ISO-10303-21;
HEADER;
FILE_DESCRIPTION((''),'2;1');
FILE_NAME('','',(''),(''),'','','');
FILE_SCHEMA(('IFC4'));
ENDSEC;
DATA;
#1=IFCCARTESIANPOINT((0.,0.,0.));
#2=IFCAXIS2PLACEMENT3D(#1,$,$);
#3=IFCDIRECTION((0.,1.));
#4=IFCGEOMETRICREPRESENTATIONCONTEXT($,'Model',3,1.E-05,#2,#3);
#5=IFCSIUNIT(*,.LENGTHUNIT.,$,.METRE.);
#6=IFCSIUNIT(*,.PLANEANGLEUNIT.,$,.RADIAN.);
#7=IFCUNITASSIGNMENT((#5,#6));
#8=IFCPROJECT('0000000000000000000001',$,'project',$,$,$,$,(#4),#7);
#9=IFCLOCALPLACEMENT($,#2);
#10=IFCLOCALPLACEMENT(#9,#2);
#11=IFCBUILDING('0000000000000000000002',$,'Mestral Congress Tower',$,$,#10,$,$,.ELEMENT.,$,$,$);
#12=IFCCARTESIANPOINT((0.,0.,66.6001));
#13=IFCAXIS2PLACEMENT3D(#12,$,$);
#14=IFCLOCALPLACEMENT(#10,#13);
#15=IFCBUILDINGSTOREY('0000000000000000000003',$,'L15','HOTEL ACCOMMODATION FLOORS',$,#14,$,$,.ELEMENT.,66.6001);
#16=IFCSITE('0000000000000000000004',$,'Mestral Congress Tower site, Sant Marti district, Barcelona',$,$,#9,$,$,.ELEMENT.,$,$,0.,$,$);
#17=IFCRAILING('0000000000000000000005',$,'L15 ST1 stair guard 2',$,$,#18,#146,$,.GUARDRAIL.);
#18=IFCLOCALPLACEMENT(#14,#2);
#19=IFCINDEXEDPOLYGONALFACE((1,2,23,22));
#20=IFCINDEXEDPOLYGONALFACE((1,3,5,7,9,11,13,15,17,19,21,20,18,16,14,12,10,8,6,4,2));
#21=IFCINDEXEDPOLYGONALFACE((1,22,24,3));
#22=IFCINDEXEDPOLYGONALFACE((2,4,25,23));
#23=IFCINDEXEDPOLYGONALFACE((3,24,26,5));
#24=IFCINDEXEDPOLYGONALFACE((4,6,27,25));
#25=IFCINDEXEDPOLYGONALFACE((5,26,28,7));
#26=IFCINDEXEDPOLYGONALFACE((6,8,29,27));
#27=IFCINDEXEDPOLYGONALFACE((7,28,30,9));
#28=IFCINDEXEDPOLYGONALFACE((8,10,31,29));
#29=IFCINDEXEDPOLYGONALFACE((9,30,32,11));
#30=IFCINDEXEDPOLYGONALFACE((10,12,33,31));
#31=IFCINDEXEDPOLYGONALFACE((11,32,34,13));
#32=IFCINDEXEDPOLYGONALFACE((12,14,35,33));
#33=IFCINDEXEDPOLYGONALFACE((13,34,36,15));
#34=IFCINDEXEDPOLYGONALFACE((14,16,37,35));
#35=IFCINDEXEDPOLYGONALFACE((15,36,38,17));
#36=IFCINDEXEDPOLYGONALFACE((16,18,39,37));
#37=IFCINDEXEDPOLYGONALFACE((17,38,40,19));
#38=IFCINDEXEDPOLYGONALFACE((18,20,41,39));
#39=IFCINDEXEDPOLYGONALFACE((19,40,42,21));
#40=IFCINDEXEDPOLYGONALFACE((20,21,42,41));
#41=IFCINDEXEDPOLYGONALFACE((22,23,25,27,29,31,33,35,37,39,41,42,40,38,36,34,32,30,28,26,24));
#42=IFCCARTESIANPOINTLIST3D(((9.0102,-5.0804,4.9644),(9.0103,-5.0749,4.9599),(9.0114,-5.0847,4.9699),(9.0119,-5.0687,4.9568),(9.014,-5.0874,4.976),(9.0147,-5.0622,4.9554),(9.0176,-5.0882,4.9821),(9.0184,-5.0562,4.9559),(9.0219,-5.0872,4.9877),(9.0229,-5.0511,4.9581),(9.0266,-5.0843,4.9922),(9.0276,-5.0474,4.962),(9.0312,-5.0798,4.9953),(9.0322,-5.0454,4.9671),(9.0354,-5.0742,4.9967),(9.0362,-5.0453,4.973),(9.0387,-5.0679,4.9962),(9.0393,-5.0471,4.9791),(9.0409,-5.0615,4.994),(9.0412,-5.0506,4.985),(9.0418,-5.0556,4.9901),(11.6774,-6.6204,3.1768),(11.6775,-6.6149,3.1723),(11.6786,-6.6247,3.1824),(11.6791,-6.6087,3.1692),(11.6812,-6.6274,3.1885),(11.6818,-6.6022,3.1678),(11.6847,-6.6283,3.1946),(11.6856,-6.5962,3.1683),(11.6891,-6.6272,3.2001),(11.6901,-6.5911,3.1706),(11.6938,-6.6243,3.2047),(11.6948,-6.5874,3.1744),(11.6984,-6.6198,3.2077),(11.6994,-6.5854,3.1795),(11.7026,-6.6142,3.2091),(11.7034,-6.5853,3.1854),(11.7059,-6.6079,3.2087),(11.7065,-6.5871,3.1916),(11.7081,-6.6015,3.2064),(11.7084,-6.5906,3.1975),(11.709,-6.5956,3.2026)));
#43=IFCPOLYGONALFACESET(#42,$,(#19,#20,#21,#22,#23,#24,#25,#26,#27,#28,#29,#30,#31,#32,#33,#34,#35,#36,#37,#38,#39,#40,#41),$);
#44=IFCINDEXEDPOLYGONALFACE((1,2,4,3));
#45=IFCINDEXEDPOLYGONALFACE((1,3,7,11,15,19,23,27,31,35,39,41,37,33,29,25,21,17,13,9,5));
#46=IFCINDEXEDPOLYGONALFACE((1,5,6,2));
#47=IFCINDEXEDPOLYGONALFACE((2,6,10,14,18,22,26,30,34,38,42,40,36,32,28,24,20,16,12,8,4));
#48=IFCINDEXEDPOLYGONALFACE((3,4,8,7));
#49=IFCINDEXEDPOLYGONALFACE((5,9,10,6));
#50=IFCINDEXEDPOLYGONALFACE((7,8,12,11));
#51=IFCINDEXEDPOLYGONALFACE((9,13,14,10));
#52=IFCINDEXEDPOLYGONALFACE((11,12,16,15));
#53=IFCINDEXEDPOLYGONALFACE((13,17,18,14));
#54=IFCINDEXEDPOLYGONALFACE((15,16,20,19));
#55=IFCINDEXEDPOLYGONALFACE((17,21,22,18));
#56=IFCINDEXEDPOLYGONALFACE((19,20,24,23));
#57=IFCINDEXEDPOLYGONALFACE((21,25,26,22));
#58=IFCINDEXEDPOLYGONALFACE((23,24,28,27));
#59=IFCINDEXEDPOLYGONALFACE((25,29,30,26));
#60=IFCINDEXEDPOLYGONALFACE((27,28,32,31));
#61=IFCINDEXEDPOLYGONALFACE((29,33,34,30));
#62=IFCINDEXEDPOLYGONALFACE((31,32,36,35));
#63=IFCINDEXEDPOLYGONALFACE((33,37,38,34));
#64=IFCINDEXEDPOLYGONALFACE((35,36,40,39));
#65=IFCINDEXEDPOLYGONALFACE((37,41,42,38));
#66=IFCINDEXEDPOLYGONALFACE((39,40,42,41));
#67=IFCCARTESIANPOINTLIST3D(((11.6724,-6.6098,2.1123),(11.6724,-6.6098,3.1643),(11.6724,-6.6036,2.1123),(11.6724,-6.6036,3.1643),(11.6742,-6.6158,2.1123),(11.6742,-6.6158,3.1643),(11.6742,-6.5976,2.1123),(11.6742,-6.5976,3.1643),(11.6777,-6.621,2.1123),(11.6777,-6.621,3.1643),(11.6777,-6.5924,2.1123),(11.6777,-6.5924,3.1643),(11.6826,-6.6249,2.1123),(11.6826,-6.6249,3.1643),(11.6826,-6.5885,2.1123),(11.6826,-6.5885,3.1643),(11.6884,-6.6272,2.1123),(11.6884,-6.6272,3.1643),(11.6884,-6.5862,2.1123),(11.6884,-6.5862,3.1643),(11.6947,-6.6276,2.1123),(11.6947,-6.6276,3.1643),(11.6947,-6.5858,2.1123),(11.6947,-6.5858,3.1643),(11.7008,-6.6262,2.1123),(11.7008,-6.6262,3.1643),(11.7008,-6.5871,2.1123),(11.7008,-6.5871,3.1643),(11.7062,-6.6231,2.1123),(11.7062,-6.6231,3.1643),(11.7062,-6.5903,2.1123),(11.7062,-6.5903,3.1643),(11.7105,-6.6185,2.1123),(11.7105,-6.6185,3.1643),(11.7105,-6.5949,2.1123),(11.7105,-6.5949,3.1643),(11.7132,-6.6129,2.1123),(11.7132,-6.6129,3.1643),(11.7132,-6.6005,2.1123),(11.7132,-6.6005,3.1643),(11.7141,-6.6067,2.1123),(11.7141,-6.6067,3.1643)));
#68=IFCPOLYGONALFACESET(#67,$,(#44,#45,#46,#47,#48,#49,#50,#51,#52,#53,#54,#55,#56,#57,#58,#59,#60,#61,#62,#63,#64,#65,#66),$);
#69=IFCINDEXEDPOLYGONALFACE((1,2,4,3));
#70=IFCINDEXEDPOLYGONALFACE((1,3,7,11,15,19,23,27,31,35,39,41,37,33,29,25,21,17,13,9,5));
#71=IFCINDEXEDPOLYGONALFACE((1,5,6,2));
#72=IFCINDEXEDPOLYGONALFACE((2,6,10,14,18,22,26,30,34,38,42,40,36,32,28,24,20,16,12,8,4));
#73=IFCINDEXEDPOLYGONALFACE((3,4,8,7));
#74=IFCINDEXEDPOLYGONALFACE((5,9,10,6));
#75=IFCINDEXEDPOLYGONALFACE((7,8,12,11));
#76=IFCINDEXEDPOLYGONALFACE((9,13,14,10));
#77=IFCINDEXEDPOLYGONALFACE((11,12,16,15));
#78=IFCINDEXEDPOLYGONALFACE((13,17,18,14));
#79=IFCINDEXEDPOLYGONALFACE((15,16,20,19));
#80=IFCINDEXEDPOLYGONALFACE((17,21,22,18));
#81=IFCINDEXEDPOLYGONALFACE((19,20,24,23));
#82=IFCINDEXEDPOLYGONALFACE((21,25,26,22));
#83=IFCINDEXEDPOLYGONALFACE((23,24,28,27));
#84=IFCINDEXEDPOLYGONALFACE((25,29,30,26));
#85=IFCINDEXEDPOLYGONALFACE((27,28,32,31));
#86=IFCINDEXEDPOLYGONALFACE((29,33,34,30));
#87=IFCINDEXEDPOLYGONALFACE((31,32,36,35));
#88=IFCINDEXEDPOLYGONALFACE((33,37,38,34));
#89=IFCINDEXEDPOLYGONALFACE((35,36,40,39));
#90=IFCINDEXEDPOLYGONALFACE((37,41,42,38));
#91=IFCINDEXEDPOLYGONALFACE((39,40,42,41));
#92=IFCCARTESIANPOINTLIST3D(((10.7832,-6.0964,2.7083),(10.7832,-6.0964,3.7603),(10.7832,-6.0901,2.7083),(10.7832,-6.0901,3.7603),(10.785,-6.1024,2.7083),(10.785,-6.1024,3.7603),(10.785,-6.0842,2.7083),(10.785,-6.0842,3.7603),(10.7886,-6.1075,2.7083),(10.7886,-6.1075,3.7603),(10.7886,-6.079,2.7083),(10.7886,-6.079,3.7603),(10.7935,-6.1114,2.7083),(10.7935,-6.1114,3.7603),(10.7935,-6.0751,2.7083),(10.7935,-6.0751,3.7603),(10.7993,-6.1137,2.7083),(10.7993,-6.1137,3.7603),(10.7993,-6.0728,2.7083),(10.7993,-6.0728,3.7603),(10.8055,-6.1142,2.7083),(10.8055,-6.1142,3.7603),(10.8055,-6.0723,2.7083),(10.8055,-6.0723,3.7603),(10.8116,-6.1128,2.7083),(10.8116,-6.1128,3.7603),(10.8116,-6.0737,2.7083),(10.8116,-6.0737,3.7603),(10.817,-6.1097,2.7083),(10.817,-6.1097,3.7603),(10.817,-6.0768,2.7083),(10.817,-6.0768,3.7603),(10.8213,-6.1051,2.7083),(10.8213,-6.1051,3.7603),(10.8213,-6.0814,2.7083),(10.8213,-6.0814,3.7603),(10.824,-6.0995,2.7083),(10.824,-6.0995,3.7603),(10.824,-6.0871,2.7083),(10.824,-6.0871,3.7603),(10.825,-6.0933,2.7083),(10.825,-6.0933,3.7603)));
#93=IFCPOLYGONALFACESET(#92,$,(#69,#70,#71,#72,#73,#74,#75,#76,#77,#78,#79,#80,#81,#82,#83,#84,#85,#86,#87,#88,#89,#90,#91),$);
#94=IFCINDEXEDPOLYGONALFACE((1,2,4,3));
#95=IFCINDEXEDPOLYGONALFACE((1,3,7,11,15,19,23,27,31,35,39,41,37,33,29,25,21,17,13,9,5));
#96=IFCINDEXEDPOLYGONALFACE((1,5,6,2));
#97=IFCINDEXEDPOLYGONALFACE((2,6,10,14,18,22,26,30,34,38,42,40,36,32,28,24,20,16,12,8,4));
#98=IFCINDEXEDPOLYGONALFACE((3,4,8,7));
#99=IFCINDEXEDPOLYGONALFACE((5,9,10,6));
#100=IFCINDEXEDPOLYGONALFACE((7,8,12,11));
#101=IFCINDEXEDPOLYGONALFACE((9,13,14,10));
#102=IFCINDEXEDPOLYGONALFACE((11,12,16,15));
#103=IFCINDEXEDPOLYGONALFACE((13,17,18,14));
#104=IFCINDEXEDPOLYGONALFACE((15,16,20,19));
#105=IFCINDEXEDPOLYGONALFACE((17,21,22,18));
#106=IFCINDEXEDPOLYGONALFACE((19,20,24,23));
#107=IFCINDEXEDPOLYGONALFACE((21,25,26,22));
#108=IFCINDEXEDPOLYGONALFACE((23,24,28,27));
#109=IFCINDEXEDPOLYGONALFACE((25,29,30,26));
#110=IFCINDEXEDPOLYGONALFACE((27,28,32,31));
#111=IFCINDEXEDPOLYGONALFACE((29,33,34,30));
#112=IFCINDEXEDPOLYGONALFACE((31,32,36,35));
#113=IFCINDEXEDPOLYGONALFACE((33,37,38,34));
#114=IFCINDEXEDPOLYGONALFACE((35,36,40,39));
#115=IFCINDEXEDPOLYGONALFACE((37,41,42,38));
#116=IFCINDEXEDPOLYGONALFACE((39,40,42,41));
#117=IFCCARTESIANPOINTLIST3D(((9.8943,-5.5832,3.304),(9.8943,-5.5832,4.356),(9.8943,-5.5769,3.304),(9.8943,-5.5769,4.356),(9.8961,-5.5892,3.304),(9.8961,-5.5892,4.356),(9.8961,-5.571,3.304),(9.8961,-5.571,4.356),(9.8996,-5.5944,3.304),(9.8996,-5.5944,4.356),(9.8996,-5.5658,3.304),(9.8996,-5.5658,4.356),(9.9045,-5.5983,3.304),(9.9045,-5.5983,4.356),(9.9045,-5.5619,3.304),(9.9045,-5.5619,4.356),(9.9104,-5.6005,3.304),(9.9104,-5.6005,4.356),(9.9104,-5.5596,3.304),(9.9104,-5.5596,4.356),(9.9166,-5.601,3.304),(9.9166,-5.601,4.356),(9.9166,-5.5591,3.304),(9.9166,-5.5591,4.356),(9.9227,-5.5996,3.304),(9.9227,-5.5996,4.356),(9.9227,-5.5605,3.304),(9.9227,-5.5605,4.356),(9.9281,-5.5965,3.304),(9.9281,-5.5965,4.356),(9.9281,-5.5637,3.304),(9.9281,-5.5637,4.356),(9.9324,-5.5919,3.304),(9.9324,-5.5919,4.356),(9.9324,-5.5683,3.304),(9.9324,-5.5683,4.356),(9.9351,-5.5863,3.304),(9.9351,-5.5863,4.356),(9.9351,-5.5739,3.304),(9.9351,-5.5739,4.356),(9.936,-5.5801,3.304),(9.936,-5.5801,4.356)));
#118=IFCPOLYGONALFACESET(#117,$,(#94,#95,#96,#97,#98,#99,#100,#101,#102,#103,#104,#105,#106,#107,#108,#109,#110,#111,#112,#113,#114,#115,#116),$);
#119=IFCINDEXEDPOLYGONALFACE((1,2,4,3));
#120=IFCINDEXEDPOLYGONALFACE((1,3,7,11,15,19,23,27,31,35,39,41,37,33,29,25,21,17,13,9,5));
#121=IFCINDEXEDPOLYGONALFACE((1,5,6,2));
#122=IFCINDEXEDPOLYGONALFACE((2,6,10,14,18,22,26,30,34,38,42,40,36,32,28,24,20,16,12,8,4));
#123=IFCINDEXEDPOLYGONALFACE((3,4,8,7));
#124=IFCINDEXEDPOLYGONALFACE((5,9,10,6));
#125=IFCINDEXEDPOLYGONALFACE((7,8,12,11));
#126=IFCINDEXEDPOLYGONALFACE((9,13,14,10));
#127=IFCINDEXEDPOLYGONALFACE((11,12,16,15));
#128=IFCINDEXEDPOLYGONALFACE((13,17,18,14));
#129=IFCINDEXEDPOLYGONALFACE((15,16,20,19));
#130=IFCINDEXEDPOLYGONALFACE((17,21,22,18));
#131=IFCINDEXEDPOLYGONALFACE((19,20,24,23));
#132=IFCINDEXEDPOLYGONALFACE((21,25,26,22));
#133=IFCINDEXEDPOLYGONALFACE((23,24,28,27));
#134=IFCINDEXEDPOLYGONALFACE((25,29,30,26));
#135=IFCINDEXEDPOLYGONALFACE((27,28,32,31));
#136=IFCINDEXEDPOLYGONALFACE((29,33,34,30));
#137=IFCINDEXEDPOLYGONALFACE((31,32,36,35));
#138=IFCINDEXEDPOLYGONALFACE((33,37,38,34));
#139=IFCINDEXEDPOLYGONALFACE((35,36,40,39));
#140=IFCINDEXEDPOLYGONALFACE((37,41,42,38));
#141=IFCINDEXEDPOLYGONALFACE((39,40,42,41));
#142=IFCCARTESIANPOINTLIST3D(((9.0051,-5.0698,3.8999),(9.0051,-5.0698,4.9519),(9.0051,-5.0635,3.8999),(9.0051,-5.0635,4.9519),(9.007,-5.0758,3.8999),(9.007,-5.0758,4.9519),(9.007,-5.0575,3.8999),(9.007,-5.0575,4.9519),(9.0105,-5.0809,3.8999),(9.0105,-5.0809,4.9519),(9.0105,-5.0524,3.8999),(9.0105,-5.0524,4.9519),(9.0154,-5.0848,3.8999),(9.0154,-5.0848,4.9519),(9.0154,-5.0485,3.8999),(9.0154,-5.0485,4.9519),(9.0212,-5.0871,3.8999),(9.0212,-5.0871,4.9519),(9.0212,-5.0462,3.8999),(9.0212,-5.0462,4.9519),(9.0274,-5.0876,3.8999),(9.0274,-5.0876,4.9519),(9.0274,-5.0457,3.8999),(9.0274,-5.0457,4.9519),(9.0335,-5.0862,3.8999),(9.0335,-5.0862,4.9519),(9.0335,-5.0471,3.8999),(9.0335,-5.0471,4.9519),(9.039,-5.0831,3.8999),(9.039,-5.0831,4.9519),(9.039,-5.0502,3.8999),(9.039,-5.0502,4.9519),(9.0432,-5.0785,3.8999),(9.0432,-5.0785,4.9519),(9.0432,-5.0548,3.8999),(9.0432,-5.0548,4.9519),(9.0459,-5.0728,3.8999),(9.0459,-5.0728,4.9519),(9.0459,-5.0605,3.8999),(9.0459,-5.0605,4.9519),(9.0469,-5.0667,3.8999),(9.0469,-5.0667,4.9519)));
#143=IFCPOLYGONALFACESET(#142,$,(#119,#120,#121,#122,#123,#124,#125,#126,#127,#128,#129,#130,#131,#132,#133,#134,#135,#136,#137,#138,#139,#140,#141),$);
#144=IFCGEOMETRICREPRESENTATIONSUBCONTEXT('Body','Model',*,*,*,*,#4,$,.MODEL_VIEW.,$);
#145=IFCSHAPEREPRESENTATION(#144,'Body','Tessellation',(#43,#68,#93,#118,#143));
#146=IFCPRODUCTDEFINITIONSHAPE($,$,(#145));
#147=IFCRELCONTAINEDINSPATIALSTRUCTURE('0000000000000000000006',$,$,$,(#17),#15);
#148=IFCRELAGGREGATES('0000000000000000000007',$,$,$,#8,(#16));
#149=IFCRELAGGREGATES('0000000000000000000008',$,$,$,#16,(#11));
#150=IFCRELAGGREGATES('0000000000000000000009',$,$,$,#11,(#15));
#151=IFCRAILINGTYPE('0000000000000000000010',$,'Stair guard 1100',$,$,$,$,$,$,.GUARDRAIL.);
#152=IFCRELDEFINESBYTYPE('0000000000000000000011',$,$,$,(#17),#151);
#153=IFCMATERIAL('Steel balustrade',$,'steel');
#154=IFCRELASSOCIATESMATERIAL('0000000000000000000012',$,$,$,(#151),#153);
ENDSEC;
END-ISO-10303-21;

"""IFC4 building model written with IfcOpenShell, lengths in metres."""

from ifc_helpers import new_model, si_unit, direction, frame, origin, origin_2d, place, context, subcontext, project, spatial, circle, extrude, material, type_object, element, save


model = new_model("IFC4")

# Units and contexts
model_context = context("Model", 3, precision=1e-05, world=origin(), true_north=direction((0.0, 1.0)))
body_context = subcontext(model_context, "Body", "Model", "MODEL_VIEW")
ifc_project = project(units=[si_unit("LENGTHUNIT", "METRE"), si_unit("PLANEANGLEUNIT", "RADIAN")], contexts=[model_context])

# Site, building, storey
site_placement = place(None, origin())
site = spatial("IfcSite", under=ifc_project, at=site_placement, Name="Mestral Congress Tower site, Sant Marti district, Barcelona", CompositionType="ELEMENT", RefElevation=0.0)
building_placement = place(site_placement, origin())
building = spatial("IfcBuilding", under=site, at=building_placement, Name="Mestral Congress Tower", CompositionType="ELEMENT")
storey_placement = place(building_placement, frame((0.0, 0.0, 66.6001)))
storey = spatial("IfcBuildingStorey", under=building, at=storey_placement, Name="L15", Description="HOTEL ACCOMMODATION FLOORS", CompositionType="ELEMENT", Elevation=66.6001)

# Railing
ifc_material_1 = material(Name="Steel balustrade", Category="steel")
railing_type_1 = type_object("IfcRailingType", Name="Stair guard 1100", PredefinedType="GUARDRAIL", material=ifc_material_1)
railing_1_placement = place(storey_placement, frame((11.6931, -6.6067, 2.1123)))
element("IfcRailing", 1, at=railing_1_placement, inside=storey, type_object=railing_type_1, Name="L15 ST1 stair guard 2", PredefinedType="GUARDRAIL", context=body_context, shape_type="SweptSolid", body=[
    extrude(circle(Radius=0.0239, at=origin_2d()), frame((0.0, 0.0, 1.0762), z_axis=(-0.748994, 0.432463, 0.50198), x_axis=(-0.500027, -0.86601, 0.0)), (0.0, 0.0, 1.0), 3.561),
    extrude(circle(Radius=0.021, at=origin_2d()), origin(), (0.0, 0.0, 1.0), 1.052),
    extrude(circle(Radius=0.021, at=origin_2d()), frame((-0.8892, 0.5134, 0.5959)), (0.0, 0.0, 1.0), 1.052),
    extrude(circle(Radius=0.021, at=origin_2d()), frame((-1.7781, 1.0266, 1.1917)), (0.0, 0.0, 1.0), 1.052),
    extrude(circle(Radius=0.021, at=origin_2d()), frame((-2.6672, 1.54, 1.7876)), (0.0, 0.0, 1.0), 1.052),
])

save(model, "model.ifc")
